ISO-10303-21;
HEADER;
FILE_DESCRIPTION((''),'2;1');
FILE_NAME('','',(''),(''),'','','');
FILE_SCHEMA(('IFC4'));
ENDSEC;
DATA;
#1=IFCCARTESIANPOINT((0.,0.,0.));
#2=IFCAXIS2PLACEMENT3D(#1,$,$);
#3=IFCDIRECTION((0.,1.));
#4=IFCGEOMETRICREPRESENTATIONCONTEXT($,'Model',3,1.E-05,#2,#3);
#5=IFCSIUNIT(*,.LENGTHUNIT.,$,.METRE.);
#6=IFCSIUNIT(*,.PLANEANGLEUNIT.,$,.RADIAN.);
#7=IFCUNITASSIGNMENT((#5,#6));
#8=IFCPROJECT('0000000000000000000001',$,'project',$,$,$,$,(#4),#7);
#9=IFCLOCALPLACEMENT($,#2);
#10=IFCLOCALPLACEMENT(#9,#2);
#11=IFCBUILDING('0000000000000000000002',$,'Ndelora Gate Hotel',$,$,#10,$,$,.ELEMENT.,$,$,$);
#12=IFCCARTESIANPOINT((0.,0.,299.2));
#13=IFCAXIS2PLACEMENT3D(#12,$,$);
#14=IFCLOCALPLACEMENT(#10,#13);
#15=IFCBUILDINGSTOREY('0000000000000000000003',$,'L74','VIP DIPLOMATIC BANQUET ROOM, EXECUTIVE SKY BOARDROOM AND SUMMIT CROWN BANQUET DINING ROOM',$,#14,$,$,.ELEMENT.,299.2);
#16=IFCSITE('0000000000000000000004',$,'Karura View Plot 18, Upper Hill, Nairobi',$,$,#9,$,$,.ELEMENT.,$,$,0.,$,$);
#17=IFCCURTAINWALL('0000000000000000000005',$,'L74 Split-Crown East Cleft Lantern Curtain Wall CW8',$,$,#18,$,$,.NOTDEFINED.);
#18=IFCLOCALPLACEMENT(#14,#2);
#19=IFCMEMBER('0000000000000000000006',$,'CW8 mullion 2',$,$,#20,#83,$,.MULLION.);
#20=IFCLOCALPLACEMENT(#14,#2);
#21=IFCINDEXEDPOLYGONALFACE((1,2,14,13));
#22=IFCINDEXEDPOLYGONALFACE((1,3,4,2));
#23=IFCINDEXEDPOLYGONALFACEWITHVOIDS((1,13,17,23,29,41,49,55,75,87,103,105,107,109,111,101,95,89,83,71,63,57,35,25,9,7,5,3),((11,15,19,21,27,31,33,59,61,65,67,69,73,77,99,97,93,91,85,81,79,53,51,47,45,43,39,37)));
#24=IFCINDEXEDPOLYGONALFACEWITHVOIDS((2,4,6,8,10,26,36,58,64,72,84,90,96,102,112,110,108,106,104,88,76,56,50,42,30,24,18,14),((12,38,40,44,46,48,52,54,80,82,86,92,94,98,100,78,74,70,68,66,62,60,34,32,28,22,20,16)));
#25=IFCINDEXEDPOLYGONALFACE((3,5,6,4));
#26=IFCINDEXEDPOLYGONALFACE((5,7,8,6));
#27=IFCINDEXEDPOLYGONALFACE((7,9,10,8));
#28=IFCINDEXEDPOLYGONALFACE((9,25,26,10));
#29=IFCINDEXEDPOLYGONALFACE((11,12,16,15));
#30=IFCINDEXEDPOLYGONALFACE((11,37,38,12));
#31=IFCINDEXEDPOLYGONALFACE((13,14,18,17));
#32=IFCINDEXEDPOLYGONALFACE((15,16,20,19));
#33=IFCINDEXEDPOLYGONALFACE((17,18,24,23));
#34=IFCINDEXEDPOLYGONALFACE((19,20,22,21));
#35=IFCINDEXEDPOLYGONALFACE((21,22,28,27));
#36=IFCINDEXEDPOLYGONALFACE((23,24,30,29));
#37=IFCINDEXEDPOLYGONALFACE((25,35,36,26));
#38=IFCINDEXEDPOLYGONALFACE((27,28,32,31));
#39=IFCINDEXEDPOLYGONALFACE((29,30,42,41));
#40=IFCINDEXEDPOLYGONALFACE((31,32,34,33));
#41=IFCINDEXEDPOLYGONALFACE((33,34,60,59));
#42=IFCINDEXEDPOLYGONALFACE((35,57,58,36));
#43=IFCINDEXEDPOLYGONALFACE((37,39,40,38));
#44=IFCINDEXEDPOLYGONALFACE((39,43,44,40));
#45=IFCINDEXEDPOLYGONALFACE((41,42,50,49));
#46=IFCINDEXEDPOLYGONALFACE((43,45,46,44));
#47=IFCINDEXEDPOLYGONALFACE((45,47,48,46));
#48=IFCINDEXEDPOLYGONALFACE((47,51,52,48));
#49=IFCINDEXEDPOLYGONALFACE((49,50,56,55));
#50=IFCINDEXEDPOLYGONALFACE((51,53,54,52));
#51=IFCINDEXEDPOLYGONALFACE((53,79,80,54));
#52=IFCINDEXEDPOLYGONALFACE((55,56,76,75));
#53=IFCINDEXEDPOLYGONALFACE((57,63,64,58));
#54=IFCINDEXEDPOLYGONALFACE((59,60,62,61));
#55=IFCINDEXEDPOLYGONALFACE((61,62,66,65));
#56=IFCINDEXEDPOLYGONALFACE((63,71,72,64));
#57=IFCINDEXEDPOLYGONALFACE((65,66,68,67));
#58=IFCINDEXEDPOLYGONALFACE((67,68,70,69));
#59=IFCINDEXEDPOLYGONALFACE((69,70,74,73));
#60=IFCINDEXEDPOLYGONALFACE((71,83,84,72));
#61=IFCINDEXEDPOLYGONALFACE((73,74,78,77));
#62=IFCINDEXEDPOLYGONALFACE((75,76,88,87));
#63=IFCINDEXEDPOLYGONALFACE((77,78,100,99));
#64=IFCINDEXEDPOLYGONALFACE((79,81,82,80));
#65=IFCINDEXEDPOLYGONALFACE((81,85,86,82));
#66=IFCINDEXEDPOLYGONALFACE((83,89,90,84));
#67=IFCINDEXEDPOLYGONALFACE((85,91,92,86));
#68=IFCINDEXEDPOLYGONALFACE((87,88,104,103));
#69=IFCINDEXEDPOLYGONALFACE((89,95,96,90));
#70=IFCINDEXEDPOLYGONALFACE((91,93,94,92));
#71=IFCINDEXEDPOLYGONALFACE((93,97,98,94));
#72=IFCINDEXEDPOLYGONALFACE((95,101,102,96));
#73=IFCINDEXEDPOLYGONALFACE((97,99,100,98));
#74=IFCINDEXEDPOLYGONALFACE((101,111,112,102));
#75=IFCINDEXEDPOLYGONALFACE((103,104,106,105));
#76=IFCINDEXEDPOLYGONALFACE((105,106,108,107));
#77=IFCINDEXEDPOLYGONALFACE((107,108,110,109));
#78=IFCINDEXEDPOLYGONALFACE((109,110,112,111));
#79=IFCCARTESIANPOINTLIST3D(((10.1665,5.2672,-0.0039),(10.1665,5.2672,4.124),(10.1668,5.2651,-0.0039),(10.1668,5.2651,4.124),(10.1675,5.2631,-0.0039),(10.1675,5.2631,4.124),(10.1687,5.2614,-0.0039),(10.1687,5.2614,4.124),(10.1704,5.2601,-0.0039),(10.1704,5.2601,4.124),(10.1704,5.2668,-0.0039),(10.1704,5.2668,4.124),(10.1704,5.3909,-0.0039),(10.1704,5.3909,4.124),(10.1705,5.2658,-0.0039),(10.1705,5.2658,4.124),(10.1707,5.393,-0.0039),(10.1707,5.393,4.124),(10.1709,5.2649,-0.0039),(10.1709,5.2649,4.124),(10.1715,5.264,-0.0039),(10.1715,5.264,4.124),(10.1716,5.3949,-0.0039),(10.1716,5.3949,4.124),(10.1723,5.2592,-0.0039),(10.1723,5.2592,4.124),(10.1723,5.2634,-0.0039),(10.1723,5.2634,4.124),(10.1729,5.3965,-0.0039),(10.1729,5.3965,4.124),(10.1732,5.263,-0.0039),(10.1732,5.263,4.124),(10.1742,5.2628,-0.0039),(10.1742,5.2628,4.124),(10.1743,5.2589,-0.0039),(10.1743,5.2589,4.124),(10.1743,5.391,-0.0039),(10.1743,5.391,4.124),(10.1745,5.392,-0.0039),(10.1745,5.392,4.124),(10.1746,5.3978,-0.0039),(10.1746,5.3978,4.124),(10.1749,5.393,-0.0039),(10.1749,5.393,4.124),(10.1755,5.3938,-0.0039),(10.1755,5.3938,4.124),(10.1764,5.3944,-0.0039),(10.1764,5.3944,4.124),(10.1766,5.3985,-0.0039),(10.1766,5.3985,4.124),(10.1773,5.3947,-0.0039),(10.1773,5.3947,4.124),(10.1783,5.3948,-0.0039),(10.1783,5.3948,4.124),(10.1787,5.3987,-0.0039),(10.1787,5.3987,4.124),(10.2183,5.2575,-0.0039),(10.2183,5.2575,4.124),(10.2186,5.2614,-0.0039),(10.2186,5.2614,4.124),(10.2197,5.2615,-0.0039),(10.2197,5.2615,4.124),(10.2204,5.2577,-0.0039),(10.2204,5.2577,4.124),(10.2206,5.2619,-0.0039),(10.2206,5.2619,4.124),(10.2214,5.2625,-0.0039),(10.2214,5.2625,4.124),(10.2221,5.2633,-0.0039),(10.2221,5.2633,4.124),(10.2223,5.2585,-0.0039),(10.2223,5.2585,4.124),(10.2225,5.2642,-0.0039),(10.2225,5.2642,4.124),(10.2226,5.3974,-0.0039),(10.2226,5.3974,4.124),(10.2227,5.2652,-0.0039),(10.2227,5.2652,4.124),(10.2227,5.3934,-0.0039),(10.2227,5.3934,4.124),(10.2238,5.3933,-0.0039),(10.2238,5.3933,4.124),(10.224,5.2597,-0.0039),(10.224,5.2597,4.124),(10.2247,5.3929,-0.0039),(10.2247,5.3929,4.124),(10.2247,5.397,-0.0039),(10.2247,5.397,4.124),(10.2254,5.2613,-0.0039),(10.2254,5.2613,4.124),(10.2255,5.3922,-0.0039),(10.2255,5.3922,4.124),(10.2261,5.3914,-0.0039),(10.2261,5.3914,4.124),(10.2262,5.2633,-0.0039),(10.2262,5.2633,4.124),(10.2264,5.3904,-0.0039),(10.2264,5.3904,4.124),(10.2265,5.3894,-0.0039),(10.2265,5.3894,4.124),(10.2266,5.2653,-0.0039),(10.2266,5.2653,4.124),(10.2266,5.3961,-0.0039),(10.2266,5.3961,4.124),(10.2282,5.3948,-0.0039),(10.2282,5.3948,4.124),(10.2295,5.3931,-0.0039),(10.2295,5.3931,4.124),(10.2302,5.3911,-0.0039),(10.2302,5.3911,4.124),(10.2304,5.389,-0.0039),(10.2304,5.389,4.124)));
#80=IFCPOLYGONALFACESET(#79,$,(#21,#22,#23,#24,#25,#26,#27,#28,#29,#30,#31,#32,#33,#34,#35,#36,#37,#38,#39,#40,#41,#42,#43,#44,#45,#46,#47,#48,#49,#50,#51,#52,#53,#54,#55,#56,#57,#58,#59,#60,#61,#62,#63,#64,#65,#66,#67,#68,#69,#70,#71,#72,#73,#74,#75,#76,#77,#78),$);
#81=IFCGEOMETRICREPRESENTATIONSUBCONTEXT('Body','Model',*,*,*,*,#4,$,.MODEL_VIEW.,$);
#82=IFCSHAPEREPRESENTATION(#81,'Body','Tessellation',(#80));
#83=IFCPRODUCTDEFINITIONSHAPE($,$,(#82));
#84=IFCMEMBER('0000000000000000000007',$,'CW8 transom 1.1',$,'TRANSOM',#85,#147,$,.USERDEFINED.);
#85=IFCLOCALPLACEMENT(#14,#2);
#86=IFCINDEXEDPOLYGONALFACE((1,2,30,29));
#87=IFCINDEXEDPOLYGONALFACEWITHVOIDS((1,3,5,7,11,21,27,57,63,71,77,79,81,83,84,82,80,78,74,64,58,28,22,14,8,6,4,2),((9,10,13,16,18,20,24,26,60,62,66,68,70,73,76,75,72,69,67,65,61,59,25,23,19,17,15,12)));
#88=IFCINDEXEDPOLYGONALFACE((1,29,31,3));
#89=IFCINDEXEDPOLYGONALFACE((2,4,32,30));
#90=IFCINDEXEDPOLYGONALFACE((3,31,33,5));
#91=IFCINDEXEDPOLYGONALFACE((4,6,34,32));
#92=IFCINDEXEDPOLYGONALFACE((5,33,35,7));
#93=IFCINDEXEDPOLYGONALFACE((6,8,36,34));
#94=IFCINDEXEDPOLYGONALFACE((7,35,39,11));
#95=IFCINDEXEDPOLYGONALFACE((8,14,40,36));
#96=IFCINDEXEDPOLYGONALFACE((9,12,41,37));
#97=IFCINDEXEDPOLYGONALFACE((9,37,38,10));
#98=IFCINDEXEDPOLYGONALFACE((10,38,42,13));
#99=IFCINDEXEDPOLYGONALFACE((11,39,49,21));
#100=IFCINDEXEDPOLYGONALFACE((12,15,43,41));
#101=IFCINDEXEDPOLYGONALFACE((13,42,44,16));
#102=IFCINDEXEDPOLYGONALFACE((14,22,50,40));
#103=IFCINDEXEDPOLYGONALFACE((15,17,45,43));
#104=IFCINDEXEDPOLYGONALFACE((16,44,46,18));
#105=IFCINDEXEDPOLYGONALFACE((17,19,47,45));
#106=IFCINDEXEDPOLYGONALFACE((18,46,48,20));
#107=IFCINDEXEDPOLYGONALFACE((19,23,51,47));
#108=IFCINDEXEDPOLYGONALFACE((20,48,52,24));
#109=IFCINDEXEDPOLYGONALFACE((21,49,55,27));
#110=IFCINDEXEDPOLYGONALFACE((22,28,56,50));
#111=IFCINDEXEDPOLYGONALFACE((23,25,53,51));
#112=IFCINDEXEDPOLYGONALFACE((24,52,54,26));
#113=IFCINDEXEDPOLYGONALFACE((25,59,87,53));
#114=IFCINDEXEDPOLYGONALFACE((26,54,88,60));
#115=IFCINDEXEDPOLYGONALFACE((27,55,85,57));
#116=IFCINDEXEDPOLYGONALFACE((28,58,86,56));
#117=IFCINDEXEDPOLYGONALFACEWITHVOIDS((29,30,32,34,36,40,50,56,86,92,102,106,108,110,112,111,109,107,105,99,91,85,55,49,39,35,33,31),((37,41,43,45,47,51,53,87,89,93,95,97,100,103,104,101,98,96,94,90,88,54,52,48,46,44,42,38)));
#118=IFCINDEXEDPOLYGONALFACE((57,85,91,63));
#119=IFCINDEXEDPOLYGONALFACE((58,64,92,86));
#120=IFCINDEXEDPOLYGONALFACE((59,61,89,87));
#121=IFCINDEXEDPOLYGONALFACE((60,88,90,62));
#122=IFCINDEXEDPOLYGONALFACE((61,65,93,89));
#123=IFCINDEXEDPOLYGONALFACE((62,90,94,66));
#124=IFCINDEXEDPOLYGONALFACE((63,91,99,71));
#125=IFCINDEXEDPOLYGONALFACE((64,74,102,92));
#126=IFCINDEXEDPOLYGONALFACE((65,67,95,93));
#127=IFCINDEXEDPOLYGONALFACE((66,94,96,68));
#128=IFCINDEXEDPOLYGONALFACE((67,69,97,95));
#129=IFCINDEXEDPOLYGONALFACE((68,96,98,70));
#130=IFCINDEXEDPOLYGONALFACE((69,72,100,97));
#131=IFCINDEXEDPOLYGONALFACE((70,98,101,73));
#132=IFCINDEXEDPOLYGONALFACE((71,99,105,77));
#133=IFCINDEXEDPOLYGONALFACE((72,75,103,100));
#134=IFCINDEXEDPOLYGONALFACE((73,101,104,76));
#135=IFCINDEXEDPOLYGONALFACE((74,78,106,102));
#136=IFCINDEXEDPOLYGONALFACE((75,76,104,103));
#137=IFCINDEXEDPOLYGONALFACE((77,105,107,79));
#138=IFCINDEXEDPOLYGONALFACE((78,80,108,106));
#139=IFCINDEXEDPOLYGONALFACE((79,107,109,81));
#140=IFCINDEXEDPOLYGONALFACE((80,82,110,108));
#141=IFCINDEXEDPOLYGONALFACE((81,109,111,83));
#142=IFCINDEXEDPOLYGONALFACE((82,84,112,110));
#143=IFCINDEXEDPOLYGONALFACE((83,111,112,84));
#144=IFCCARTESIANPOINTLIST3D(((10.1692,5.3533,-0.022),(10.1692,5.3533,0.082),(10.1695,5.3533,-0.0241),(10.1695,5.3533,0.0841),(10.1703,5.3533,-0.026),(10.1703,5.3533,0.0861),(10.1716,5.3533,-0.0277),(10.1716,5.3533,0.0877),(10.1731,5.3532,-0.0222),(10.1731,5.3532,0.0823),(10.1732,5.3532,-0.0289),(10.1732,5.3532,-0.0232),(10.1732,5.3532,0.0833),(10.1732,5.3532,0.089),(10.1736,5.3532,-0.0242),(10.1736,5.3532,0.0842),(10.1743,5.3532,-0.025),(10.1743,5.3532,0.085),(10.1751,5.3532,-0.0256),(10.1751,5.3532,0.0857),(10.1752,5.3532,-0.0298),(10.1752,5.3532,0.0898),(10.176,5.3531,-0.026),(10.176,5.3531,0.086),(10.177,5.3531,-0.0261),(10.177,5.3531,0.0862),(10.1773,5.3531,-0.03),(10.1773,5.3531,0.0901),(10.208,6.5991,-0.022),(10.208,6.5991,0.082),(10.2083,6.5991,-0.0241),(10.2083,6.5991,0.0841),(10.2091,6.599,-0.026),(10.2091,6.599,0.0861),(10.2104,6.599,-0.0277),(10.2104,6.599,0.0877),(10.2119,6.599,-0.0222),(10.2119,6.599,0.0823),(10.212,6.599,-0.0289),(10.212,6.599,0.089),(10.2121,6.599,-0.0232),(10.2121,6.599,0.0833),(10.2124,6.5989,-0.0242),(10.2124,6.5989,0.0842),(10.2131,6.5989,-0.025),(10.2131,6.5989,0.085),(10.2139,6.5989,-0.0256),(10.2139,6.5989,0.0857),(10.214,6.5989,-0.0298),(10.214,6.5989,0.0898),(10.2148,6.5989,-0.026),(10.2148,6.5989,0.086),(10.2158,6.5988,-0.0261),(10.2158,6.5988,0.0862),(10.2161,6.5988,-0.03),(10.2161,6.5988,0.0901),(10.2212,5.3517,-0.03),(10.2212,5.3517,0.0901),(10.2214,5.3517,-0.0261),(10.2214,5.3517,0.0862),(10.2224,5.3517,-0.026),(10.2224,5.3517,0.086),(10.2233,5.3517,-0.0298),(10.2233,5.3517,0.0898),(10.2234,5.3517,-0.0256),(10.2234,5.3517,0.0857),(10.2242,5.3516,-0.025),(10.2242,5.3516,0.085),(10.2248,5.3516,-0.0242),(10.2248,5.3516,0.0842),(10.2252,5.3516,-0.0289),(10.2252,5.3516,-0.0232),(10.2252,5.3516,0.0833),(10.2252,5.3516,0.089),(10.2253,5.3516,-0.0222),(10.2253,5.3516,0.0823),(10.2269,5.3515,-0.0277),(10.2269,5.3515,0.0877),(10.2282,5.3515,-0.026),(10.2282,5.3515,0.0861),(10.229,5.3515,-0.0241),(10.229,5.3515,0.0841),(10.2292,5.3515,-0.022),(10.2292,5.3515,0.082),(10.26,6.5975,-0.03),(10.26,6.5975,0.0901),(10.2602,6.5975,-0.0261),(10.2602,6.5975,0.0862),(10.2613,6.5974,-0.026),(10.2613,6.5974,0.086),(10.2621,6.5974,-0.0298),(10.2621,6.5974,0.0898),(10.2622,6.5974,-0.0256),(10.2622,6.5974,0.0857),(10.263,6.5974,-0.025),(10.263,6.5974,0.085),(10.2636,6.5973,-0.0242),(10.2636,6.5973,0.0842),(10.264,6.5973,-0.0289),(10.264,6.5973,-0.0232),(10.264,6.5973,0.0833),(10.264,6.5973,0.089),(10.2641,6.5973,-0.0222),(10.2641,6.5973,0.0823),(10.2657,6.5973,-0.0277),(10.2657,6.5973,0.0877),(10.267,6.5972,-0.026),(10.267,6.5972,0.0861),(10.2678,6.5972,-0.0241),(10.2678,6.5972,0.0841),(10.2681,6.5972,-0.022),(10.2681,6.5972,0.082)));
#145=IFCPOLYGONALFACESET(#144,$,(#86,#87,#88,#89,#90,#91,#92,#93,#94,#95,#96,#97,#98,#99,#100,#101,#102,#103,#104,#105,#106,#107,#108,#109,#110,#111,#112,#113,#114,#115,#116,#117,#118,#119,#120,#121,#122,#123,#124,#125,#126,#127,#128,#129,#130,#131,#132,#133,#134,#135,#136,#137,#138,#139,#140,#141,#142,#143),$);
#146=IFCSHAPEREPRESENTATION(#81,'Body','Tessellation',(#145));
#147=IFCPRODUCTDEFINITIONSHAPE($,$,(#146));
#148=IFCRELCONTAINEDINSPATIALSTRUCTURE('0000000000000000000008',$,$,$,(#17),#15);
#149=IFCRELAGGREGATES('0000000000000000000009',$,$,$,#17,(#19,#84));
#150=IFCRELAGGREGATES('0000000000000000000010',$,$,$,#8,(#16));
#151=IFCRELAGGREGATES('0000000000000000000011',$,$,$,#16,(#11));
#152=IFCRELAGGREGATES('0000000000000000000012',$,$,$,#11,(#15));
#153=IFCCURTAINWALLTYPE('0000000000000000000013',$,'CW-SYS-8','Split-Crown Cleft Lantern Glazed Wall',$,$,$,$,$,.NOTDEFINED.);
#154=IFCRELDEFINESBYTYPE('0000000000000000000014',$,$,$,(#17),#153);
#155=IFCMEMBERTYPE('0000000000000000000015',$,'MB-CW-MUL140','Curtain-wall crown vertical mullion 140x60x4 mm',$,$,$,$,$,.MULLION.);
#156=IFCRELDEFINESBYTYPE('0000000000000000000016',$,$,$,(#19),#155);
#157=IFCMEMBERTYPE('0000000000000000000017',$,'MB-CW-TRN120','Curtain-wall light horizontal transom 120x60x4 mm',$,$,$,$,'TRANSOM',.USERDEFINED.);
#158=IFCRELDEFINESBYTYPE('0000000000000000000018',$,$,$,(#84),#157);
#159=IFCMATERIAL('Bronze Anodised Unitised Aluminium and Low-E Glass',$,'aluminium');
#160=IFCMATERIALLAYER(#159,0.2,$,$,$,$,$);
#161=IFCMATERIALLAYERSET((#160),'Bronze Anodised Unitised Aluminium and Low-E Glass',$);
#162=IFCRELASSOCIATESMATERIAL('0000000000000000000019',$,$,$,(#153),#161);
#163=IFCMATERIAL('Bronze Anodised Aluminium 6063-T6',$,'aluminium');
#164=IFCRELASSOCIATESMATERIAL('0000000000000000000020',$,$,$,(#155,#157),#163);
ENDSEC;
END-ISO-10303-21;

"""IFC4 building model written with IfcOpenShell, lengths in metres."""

from ifc_helpers import new_model, si_unit, direction, frame, origin, origin_2d, place, context, subcontext, project, spatial, hollow_rectangle, extrude, material, layer, layer_set, material_profile, profile_set, type_object, element, aggregate, save


model = new_model("IFC4")

# Units and contexts
model_context = context("Model", 3, precision=1e-05, world=origin(), true_north=direction((0.0, 1.0)))
body_context = subcontext(model_context, "Body", "Model", "MODEL_VIEW")
ifc_project = project(units=[si_unit("LENGTHUNIT", "METRE"), si_unit("PLANEANGLEUNIT", "RADIAN")], contexts=[model_context])

# Site, building, storey
site_placement = place(None, origin())
site = spatial("IfcSite", under=ifc_project, at=site_placement, Name="Karura View Plot 18, Upper Hill, Nairobi", CompositionType="ELEMENT", RefElevation=0.0)
building_placement = place(site_placement, origin())
building = spatial("IfcBuilding", under=site, at=building_placement, Name="Ndelora Gate Hotel", CompositionType="ELEMENT")
storey_placement = place(building_placement, frame((0.0, 0.0, 299.2)))
storey = spatial("IfcBuildingStorey", under=building, at=storey_placement, Name="L74", Description="VIP DIPLOMATIC BANQUET ROOM, EXECUTIVE SKY BOARDROOM AND SUMMIT CROWN BANQUET DINING ROOM", CompositionType="ELEMENT", Elevation=299.2)

# Shared definitions
ifc_material_1 = material(Name="Bronze Anodised Unitised Aluminium and Low-E Glass", Category="aluminium")
ifc_layer_1 = layer(ifc_material_1, 0.2)
ifc_layer_set_1 = layer_set([ifc_layer_1], Name="Bronze Anodised Unitised Aluminium and Low-E Glass")
curtain_wall_type = type_object("IfcCurtainWallType", Name="CW-SYS-8", Description="Split-Crown Cleft Lantern Glazed Wall", PredefinedType="NOTDEFINED", material=ifc_layer_set_1)
ifc_material_2 = material(Name="Bronze Anodised Aluminium 6063-T6", Category="aluminium")
ifc_material_profile_1 = material_profile(ifc_material_2, hollow_rectangle(XDim=0.0601, YDim=0.1399, WallThickness=0.0039, InnerFilletRadius=0.0039, OuterFilletRadius=0.0081, at=origin_2d()), Name="ALU 140x60x4")
ifc_profile_set_1 = profile_set([ifc_material_profile_1], Name="Bronze Anodised Aluminium 6063-T6")
member_type_1 = type_object("IfcMemberType", Name="MB-CW-MUL140", Description="Curtain-wall crown vertical mullion 140x60x4 mm", PredefinedType="MULLION", material=ifc_profile_set_1)

# Curtain wall, members
curtain_wall_1_placement = place(storey_placement, origin())
curtain_wall_1 = element("IfcCurtainWall", 1, at=curtain_wall_1_placement, inside=storey, type_object=curtain_wall_type, Name="L74 Split-Crown East Cleft Lantern Curtain Wall CW8", PredefinedType="NOTDEFINED")
member_1_placement = place(storey_placement, frame((10.1985, 5.3281, -0.0039), z_axis=(0.0, 0.0, 1.0), x_axis=(0.999515, -0.031131, 0.0)))
member_1 = element("IfcMember", 2, at=member_1_placement, type_object=member_type_1, Name="CW8 mullion 2", PredefinedType="MULLION", context=body_context, shape_type="SweptSolid", body=[
    extrude(hollow_rectangle(XDim=0.0601, YDim=0.1399, WallThickness=0.0039, InnerFilletRadius=0.0039, OuterFilletRadius=0.0081, at=origin_2d()), origin(), (0.0, 0.0, 1.0), 4.1279),
])
ifc_material_profile_2 = material_profile(ifc_material_2, hollow_rectangle(XDim=0.0601, YDim=0.1201, WallThickness=0.0039, InnerFilletRadius=0.0039, OuterFilletRadius=0.0081, at=origin_2d()), Name="ALU 120x60x4")
ifc_profile_set_2 = profile_set([ifc_material_profile_2], Name="Bronze Anodised Aluminium 6063-T6")
member_type_2 = type_object("IfcMemberType", Name="MB-CW-TRN120", Description="Curtain-wall light horizontal transom 120x60x4 mm", ElementType="TRANSOM", PredefinedType="USERDEFINED", material=ifc_profile_set_2)
member_2_placement = place(storey_placement, frame((10.238, 6.5981, 0.03), z_axis=(-0.031143, -0.999515, 0.0), x_axis=(0.999515, -0.031143, 0.0)))
member_2 = element("IfcMember", 3, at=member_2_placement, type_object=member_type_2, Name="CW8 transom 1.1", ObjectType="TRANSOM", PredefinedType="USERDEFINED", context=body_context, shape_type="SweptSolid", body=[
    extrude(hollow_rectangle(XDim=0.0601, YDim=0.1201, WallThickness=0.0039, InnerFilletRadius=0.0039, OuterFilletRadius=0.0081, at=origin_2d()), origin(), (0.0, 0.0, 1.0), 1.2463),
])
aggregate(curtain_wall_1, [member_1, member_2])

save(model, "model.ifc")
